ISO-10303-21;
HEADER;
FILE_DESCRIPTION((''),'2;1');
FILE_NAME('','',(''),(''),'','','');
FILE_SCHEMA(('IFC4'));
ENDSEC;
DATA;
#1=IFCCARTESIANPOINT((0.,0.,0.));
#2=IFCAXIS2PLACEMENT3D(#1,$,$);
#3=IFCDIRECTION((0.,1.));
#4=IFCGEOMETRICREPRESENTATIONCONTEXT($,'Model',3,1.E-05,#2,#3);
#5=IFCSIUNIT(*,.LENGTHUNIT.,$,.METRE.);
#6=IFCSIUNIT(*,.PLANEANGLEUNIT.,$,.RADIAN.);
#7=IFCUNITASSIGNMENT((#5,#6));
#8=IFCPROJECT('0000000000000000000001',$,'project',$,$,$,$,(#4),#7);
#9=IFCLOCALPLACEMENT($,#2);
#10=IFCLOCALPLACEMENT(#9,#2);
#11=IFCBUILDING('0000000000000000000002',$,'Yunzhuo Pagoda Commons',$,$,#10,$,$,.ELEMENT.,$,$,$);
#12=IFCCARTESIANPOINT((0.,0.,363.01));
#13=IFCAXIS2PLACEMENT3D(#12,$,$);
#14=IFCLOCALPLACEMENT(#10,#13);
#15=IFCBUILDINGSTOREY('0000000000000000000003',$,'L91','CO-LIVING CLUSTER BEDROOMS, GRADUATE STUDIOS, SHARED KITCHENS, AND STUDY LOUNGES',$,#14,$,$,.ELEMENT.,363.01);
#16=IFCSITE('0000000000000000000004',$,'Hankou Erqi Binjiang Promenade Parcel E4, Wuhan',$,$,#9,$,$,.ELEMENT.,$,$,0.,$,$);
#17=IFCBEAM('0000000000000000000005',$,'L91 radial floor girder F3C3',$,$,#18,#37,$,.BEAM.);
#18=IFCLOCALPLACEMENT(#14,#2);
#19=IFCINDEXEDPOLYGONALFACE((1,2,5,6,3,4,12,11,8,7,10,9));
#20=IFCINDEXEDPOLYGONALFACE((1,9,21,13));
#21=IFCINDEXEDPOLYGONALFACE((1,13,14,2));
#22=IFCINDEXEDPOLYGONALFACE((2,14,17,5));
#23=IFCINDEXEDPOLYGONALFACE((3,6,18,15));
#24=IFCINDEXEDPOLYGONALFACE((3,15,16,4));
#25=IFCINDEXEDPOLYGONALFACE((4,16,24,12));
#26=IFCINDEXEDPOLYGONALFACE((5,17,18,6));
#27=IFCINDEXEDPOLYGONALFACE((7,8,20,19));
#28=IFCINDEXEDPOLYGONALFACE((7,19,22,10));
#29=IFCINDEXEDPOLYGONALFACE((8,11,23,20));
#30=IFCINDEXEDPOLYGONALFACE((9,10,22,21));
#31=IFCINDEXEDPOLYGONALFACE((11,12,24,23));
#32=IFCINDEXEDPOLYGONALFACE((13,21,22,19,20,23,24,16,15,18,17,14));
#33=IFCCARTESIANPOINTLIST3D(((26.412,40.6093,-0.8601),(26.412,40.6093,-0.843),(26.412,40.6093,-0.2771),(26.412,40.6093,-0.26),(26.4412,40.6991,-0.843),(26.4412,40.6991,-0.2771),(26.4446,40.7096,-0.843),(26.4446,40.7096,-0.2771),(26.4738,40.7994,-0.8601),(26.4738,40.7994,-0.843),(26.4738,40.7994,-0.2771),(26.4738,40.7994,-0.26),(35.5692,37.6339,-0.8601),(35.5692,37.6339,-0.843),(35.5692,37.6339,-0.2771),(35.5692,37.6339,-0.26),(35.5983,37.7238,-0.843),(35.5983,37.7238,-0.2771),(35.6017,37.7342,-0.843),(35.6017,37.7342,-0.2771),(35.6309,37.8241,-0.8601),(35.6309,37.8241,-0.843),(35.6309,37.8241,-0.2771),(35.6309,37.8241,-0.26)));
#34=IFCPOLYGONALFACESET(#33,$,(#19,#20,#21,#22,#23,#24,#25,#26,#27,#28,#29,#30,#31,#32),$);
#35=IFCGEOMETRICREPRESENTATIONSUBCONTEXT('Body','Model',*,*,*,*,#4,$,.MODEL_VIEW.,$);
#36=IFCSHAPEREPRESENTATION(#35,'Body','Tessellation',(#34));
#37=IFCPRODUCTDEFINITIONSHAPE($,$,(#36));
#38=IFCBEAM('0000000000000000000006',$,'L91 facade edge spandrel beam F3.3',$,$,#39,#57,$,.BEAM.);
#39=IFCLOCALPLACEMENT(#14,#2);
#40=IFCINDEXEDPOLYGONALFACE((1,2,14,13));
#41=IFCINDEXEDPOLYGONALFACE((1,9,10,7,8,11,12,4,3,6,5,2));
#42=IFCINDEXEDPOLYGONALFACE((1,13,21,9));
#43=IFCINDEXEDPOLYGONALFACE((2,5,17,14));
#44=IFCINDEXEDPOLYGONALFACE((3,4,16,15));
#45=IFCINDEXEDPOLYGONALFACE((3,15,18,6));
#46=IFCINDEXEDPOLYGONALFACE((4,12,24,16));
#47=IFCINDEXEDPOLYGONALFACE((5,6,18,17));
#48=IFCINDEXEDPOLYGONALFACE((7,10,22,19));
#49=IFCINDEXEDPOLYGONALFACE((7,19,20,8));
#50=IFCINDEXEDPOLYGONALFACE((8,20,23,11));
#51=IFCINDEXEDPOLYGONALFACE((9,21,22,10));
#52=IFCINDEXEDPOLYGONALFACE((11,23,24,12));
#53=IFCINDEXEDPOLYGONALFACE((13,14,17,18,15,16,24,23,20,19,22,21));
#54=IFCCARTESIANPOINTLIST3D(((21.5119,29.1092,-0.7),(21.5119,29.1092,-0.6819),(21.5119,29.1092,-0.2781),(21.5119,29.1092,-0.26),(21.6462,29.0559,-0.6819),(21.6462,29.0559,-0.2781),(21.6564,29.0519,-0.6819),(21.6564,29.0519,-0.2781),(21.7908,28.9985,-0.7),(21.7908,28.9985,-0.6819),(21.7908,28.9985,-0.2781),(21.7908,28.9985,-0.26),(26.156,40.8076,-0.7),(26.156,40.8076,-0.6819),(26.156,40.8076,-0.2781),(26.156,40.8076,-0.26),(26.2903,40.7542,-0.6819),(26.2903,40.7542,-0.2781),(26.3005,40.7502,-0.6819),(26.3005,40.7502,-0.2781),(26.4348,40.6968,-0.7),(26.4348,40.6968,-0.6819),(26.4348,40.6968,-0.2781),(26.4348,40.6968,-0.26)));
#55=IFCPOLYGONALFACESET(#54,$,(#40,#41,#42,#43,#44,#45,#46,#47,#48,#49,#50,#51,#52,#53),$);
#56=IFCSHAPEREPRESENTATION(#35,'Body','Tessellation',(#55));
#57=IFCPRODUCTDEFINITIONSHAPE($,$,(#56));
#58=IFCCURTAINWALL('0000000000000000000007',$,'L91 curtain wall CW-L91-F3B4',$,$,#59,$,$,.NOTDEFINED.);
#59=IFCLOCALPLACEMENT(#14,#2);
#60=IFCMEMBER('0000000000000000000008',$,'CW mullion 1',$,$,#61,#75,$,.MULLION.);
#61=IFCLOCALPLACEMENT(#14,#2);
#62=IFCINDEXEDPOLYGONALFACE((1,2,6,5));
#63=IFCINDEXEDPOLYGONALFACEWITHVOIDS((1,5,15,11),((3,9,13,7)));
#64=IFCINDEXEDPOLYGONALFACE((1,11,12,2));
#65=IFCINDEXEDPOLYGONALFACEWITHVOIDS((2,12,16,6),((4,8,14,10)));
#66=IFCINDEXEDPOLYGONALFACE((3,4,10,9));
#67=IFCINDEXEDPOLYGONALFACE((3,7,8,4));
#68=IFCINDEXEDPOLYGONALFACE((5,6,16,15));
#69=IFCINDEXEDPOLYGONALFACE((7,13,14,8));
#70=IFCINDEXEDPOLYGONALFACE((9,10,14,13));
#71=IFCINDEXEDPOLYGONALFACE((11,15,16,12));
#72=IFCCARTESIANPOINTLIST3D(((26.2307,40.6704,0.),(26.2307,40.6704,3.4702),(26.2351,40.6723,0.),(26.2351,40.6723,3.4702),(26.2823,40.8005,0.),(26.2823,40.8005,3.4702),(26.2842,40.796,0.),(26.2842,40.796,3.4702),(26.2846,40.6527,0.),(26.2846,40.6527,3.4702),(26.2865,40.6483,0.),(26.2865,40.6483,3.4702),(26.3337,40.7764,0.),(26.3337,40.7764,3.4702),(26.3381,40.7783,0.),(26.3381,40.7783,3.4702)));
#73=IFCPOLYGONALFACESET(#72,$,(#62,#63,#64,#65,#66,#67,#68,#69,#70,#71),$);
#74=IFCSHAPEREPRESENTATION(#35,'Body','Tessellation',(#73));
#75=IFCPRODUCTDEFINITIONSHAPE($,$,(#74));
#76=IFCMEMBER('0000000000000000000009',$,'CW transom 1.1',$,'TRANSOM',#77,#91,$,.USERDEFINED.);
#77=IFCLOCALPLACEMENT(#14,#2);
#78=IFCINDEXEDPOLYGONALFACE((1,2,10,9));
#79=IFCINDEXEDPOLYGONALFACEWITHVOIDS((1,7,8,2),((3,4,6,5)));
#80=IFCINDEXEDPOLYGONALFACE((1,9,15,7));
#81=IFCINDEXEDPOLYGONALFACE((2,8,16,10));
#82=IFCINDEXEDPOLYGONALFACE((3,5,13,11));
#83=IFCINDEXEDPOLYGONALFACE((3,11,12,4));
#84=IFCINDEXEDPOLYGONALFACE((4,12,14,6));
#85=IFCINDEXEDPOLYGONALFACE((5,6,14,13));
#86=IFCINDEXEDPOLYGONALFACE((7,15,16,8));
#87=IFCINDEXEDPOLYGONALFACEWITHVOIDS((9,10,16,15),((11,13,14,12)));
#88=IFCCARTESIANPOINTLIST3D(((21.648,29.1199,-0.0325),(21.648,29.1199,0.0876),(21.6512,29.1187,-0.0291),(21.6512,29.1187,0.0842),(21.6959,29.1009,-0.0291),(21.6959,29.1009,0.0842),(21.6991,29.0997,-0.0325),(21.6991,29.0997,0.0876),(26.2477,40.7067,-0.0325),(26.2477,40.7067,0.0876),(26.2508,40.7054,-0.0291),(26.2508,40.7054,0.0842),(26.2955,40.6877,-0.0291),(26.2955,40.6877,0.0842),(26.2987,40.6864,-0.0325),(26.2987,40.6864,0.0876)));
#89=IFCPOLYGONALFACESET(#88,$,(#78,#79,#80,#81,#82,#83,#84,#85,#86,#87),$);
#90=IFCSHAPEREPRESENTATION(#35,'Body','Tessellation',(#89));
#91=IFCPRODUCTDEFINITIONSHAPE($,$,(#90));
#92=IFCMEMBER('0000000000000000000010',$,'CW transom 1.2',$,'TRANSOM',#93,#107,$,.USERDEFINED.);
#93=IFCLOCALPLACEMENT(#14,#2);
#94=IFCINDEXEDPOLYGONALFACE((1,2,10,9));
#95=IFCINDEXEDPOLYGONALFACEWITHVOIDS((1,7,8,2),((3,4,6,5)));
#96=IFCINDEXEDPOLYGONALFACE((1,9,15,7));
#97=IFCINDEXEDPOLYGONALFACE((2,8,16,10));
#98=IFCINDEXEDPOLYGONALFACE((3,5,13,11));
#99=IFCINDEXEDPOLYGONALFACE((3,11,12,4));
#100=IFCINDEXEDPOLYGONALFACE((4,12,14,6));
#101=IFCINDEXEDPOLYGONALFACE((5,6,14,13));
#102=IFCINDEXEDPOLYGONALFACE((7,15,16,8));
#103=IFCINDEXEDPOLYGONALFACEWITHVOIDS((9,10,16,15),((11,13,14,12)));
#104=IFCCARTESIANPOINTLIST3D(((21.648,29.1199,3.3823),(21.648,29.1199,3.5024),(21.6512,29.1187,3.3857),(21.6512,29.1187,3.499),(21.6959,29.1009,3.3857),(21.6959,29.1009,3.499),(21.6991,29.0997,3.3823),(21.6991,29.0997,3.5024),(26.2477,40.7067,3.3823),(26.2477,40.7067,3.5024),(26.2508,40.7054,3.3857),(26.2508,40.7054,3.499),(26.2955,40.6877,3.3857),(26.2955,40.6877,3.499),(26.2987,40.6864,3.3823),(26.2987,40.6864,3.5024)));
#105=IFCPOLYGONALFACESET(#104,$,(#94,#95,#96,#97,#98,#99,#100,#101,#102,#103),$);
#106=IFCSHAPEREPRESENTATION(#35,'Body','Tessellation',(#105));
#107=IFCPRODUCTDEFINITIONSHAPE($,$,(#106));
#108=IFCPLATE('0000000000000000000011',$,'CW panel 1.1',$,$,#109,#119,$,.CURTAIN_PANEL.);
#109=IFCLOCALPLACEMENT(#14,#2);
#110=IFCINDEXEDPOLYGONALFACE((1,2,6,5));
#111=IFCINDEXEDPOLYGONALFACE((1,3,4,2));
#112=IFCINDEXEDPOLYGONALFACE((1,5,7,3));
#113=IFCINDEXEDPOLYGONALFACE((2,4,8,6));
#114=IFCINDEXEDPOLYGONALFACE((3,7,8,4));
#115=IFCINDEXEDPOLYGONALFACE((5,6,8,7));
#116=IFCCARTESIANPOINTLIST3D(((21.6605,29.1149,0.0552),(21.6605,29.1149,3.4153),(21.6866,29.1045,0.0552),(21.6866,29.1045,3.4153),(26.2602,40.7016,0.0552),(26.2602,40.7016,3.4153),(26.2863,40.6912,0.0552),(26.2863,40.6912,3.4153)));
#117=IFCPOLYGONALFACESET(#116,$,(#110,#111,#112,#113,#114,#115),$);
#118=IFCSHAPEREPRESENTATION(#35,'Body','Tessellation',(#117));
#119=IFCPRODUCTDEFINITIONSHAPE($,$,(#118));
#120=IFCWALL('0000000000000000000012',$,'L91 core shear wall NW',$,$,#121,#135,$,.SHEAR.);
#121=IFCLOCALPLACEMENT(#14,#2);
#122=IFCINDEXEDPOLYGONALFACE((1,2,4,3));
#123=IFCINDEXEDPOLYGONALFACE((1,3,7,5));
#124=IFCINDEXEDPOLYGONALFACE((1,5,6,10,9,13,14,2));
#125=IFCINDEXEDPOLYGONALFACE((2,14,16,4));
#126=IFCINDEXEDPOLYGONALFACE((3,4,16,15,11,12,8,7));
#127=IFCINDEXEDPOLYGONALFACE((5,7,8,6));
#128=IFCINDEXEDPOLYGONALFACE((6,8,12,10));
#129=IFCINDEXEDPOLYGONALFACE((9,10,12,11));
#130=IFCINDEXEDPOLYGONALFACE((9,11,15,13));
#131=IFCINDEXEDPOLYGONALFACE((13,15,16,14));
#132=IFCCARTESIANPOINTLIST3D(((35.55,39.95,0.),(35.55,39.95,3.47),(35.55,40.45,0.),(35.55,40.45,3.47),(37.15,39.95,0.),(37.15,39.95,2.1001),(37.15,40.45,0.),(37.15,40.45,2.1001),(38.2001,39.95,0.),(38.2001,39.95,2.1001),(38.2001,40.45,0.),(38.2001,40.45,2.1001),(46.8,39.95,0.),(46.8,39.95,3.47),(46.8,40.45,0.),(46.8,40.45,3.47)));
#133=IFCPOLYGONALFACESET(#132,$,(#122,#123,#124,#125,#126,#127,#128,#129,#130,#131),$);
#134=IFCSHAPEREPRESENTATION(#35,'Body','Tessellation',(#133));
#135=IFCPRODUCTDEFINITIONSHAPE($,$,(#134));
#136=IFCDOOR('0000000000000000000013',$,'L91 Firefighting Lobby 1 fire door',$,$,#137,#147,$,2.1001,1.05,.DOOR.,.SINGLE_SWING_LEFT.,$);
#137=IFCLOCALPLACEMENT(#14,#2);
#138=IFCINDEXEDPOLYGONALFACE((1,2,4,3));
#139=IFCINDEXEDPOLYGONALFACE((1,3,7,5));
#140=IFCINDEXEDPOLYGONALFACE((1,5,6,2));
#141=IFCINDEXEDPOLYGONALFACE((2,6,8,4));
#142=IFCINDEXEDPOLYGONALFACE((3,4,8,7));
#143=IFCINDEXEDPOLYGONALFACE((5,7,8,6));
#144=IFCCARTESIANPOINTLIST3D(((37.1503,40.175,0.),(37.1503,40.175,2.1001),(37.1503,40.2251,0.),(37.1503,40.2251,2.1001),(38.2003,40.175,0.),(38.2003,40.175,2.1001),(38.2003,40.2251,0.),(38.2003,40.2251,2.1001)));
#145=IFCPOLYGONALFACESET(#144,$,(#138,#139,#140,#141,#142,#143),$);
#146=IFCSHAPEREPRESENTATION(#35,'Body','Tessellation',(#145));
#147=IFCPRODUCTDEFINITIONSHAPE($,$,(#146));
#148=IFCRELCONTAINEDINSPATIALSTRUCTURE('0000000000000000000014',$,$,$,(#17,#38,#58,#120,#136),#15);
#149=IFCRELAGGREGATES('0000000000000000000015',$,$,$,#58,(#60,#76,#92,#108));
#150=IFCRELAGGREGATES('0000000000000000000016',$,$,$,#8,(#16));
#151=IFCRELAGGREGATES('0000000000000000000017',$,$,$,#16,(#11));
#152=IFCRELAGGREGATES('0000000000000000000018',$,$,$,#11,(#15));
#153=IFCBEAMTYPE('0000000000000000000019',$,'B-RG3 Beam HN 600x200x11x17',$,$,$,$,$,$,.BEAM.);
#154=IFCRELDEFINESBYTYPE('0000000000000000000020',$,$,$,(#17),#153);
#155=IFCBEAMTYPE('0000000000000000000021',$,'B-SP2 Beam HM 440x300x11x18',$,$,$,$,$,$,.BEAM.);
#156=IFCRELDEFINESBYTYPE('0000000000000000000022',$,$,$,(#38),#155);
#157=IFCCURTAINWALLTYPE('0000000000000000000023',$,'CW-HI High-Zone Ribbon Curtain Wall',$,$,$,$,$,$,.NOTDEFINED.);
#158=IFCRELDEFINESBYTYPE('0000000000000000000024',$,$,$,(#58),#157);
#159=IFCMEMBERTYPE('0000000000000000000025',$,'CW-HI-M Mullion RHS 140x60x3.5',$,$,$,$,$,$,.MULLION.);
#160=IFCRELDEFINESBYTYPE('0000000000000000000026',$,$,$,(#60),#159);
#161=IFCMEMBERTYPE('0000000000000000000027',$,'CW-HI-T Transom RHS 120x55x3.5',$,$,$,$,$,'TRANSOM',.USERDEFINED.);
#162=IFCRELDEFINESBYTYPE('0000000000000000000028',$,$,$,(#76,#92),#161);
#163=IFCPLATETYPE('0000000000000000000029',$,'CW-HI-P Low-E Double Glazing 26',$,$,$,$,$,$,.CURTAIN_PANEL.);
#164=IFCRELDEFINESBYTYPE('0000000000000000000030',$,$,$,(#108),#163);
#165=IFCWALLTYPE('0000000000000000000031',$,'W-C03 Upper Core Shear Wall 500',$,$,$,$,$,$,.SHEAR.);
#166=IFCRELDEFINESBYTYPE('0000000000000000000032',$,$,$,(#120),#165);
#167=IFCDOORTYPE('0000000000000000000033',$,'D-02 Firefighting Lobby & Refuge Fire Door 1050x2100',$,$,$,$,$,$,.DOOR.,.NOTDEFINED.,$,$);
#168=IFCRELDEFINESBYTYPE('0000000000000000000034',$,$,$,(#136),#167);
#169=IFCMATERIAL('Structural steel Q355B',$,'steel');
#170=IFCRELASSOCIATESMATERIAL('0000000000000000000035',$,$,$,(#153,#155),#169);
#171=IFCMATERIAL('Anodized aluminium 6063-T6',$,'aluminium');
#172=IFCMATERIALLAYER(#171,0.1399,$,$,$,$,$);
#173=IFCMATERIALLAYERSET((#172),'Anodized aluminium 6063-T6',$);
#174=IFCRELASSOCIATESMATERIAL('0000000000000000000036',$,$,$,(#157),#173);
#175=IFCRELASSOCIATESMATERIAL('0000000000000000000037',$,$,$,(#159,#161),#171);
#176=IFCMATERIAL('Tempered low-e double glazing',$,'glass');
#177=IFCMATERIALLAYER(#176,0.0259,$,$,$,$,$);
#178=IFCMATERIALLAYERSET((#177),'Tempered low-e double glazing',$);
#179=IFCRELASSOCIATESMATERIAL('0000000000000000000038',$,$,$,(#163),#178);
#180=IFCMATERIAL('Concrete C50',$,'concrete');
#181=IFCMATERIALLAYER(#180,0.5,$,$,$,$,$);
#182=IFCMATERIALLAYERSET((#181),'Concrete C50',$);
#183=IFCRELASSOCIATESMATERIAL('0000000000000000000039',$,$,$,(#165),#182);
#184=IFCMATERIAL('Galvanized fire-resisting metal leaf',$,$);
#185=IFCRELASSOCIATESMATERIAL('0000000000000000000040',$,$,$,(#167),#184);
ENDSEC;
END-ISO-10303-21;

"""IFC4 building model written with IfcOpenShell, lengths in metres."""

from ifc_helpers import new_model, si_unit, direction, frame, frame_2d, origin, origin_2d, place, context, subcontext, project, spatial, rectangle, hollow_rectangle, i_section, extrude, source, transform, mapped, material, layer, layer_set, material_profile, profile_set, type_object, element, fill, aggregate, save


model = new_model("IFC4")

# Units and contexts
model_context = context("Model", 3, precision=1e-05, world=origin(), true_north=direction((0.0, 1.0)))
body_context = subcontext(model_context, "Body", "Model", "MODEL_VIEW")
ifc_project = project(units=[si_unit("LENGTHUNIT", "METRE"), si_unit("PLANEANGLEUNIT", "RADIAN")], contexts=[model_context])

# Site, building, storey
site_placement = place(None, origin())
site = spatial("IfcSite", under=ifc_project, at=site_placement, Name="Hankou Erqi Binjiang Promenade Parcel E4, Wuhan", CompositionType="ELEMENT", RefElevation=0.0)
building_placement = place(site_placement, origin())
building = spatial("IfcBuilding", under=site, at=building_placement, Name="Yunzhuo Pagoda Commons", CompositionType="ELEMENT")
storey_placement = place(building_placement, frame((0.0, 0.0, 363.01)))
storey = spatial("IfcBuildingStorey", under=building, at=storey_placement, Name="L91", Description="CO-LIVING CLUSTER BEDROOMS, GRADUATE STUDIOS, SHARED KITCHENS, AND STUDY LOUNGES", CompositionType="ELEMENT", Elevation=363.01)

# Shared definitions
ifc_material_1 = material(Name="Structural steel Q355B", Category="steel")

# Beams
ifc_material_profile_1 = material_profile(ifc_material_1, i_section(OverallWidth=0.2, OverallDepth=0.6001, WebThickness=0.011, FlangeThickness=0.0171, at=origin_2d()), Name="Structural steel Q355B")
ifc_profile_set_1 = profile_set([ifc_material_profile_1], Name="Structural steel Q355B")
beam_type_1 = type_object("IfcBeamType", Name="B-RG3 Beam HN 600x200x11x17", PredefinedType="BEAM", material=ifc_profile_set_1)
shared_shape_1 = source(origin(), body_context, "Body", "SweptSolid", [
    extrude(i_section(OverallWidth=0.2, OverallDepth=0.6001, WebThickness=0.011, FlangeThickness=0.0171, at=origin_2d()), origin(), (0.0, 0.0, 1.0), 9.6284),
])
beam_1_placement = place(storey_placement, frame((26.4429, 40.7043, -0.5601), z_axis=(0.951057, -0.309015, 0.0), x_axis=(0.309015, 0.951057, 0.0)))
element("IfcBeam", 1, at=beam_1_placement, inside=storey, type_object=beam_type_1, Name="L91 radial floor girder F3C3", PredefinedType="BEAM", context=body_context, shape_type="MappedRepresentation", body=[
    mapped(shared_shape_1, transform((0.0, 0.0, 0.0), scale=1.0)),
])
ifc_material_profile_2 = material_profile(ifc_material_1, i_section(OverallWidth=0.3, OverallDepth=0.4399, WebThickness=0.011, FlangeThickness=0.0181, at=origin_2d()), Name="Structural steel Q355B")
ifc_profile_set_2 = profile_set([ifc_material_profile_2], Name="Structural steel Q355B")
beam_type_2 = type_object("IfcBeamType", Name="B-SP2 Beam HM 440x300x11x18", PredefinedType="BEAM", material=ifc_profile_set_2)
shared_shape_2 = source(origin(), body_context, "Body", "SweptSolid", [
    extrude(i_section(OverallWidth=0.3, OverallDepth=0.4399, WebThickness=0.011, FlangeThickness=0.0181, at=origin_2d()), origin(), (0.0, 0.0, 1.0), 12.5864),
])
beam_2_placement = place(storey_placement, frame((26.2954, 40.7522, -0.48), z_axis=(-0.368975, -0.929439, 0.0), x_axis=(0.929439, -0.368975, 0.0)))
element("IfcBeam", 2, at=beam_2_placement, inside=storey, type_object=beam_type_2, Name="L91 facade edge spandrel beam F3.3", PredefinedType="BEAM", context=body_context, shape_type="MappedRepresentation", body=[
    mapped(shared_shape_2, transform((0.0, 0.0, 0.0), scale=1.0)),
])

# Curtain wall, members, plate
ifc_material_2 = material(Name="Anodized aluminium 6063-T6", Category="aluminium")
ifc_layer_1 = layer(ifc_material_2, 0.1399)
ifc_layer_set_1 = layer_set([ifc_layer_1], Name="Anodized aluminium 6063-T6")
curtain_wall_type = type_object("IfcCurtainWallType", Name="CW-HI High-Zone Ribbon Curtain Wall", PredefinedType="NOTDEFINED", material=ifc_layer_set_1)
curtain_wall_placement = place(storey_placement, origin())
curtain_wall = element("IfcCurtainWall", 3, at=curtain_wall_placement, inside=storey, type_object=curtain_wall_type, Name="L91 curtain wall CW-L91-F3B4", PredefinedType="NOTDEFINED")
ifc_material_profile_3 = material_profile(ifc_material_2, hollow_rectangle(XDim=0.0601, YDim=0.1399, WallThickness=0.0034, at=origin_2d()), Name="Anodized aluminium 6063-T6")
ifc_profile_set_3 = profile_set([ifc_material_profile_3], Name="Anodized aluminium 6063-T6")
member_type_1 = type_object("IfcMemberType", Name="CW-HI-M Mullion RHS 140x60x3.5", PredefinedType="MULLION", material=ifc_profile_set_3)
shared_shape_3 = source(origin(), body_context, "Body", "SweptSolid", [
    extrude(hollow_rectangle(XDim=0.0601, YDim=0.1399, WallThickness=0.0034, at=origin_2d()), origin(), (0.0, 0.0, 1.0), 3.4702),
])
member_1_placement = place(storey_placement, frame((26.2844, 40.7244, 0.0), z_axis=(0.0, 0.0, 1.0), x_axis=(0.929441, -0.36897, 0.0)))
member_1 = element("IfcMember", 4, at=member_1_placement, type_object=member_type_1, Name="CW mullion 1", PredefinedType="MULLION", context=body_context, shape_type="MappedRepresentation", body=[
    mapped(shared_shape_3, transform((0.0, 0.0, 0.0), scale=1.0)),
])
ifc_material_profile_4 = material_profile(ifc_material_2, hollow_rectangle(XDim=0.0549, YDim=0.1201, WallThickness=0.0034, at=origin_2d()), Name="Anodized aluminium 6063-T6")
ifc_profile_set_4 = profile_set([ifc_material_profile_4], Name="Anodized aluminium 6063-T6")
member_type_2 = type_object("IfcMemberType", Name="CW-HI-T Transom RHS 120x55x3.5", ElementType="TRANSOM", PredefinedType="USERDEFINED", material=ifc_profile_set_4)
shared_shape_4 = source(origin(), body_context, "Body", "SweptSolid", [
    extrude(hollow_rectangle(XDim=0.0549, YDim=0.1201, WallThickness=0.0034, at=origin_2d()), origin(), (0.0, 0.0, 1.0), 12.4663),
])
member_2_placement = place(storey_placement, frame((26.2732, 40.6965, 0.0276), z_axis=(-0.368965, -0.929443, 0.0), x_axis=(0.929443, -0.368965, 0.0)))
member_2 = element("IfcMember", 5, at=member_2_placement, type_object=member_type_2, Name="CW transom 1.1", ObjectType="TRANSOM", PredefinedType="USERDEFINED", context=body_context, shape_type="MappedRepresentation", body=[
    mapped(shared_shape_4, transform((0.0, 0.0, 0.0), scale=1.0)),
])
member_3_placement = place(storey_placement, frame((26.2732, 40.6965, 3.4424), z_axis=(-0.368965, -0.929443, 0.0), x_axis=(0.929443, -0.368965, 0.0)))
member_3 = element("IfcMember", 6, at=member_3_placement, type_object=member_type_2, Name="CW transom 1.2", ObjectType="TRANSOM", PredefinedType="USERDEFINED", context=body_context, shape_type="MappedRepresentation", body=[
    mapped(shared_shape_4, transform((0.0, 0.0, 0.0), scale=1.0)),
])
ifc_material_3 = material(Name="Tempered low-e double glazing", Category="glass")
ifc_layer_2 = layer(ifc_material_3, 0.0259)
ifc_layer_set_2 = layer_set([ifc_layer_2], Name="Tempered low-e double glazing")
plate_type = type_object("IfcPlateType", Name="CW-HI-P Low-E Double Glazing 26", PredefinedType="CURTAIN_PANEL", material=ifc_layer_set_2)
shared_shape_5 = source(origin(), body_context, "Body", "SweptSolid", [
    extrude(rectangle(XDim=12.4663, YDim=0.0281, at=origin_2d()), origin(), (0.0, 0.0, 1.0), 3.3601),
])
plate_placement = place(storey_placement, frame((23.9734, 34.9031, 0.0552), z_axis=(0.0, 0.0, 1.0), x_axis=(-0.36897, -0.929441, 0.0)))
plate = element("IfcPlate", 7, at=plate_placement, type_object=plate_type, Name="CW panel 1.1", PredefinedType="CURTAIN_PANEL", context=body_context, shape_type="MappedRepresentation", body=[
    mapped(shared_shape_5, transform((0.0, 0.0, 0.0), scale=1.0)),
])
aggregate(curtain_wall, [member_1, member_2, member_3, plate])

# Wall, opening, door
ifc_material_4 = material(Name="Concrete C50", Category="concrete")
ifc_layer_3 = layer(ifc_material_4, 0.5)
ifc_layer_set_3 = layer_set([ifc_layer_3], Name="Concrete C50")
wall_type_1 = type_object("IfcWallType", Name="W-C03 Upper Core Shear Wall 500", PredefinedType="SHEAR", material=ifc_layer_set_3)
wall_1_placement = place(storey_placement, frame((35.55, 40.2, 0.0), z_axis=(0.0, 0.0, 1.0), x_axis=(1.0, 0.0, 0.0)))
wall_1 = element("IfcWall", 8, at=wall_1_placement, inside=storey, type_object=wall_type_1, Name="L91 core shear wall NW", PredefinedType="SHEAR", context=body_context, shape_type="SweptSolid", body=[
    extrude(rectangle(XDim=11.25, YDim=0.5, at=frame_2d((5.625, 0.0))), origin(), (0.0, 0.0, 1.0), 3.47),
])
opening_1_placement = place(wall_1_placement, frame((1.6001, 0.0, 0.0)))
opening_1 = element("IfcOpeningElement", 9, at=opening_1_placement, cuts=wall_1, PredefinedType="OPENING", context=body_context, shape_type="SweptSolid", body=[
    extrude(rectangle(XDim=1.05, YDim=2.1001, at=frame_2d((0.5249, 1.05))), frame((0.0, 0.26, 0.0), z_axis=(0.0, -1.0, 0.0), x_axis=(1.0, 0.0, 0.0)), (0.0, 0.0, 1.0), 0.52),
])
ifc_material_5 = material(Name="Galvanized fire-resisting metal leaf")
door_type_1 = type_object("IfcDoorType", Name="D-02 Firefighting Lobby & Refuge Fire Door 1050x2100", OperationType="NOTDEFINED", PredefinedType="DOOR", material=ifc_material_5)
shared_shape_6 = source(origin(), body_context, "Body", "SweptSolid", [
    extrude(rectangle(XDim=1.05, YDim=2.1001, at=frame_2d((0.5249, 1.05))), frame((0.0, 0.0249, 0.0), z_axis=(0.0, -1.0, 0.0), x_axis=(1.0, 0.0, 0.0)), (0.0, 0.0, 1.0), 0.05),
])
door_1_placement = place(opening_1_placement, frame((1.05, 0.0, 0.0), z_axis=(0.0, 0.0, 1.0), x_axis=(-1.0, 0.0, 0.0)))
door_1 = element("IfcDoor", 10, at=door_1_placement, inside=storey, type_object=door_type_1, Name="L91 Firefighting Lobby 1 fire door", OperationType="SINGLE_SWING_LEFT", OverallHeight=2.1001, OverallWidth=1.05, PredefinedType="DOOR", context=body_context, shape_type="MappedRepresentation", body=[
    mapped(shared_shape_6, transform((0.0, 0.0, 0.0), scale=1.0)),
])
fill(opening_1, door_1)

save(model, "model.ifc")
